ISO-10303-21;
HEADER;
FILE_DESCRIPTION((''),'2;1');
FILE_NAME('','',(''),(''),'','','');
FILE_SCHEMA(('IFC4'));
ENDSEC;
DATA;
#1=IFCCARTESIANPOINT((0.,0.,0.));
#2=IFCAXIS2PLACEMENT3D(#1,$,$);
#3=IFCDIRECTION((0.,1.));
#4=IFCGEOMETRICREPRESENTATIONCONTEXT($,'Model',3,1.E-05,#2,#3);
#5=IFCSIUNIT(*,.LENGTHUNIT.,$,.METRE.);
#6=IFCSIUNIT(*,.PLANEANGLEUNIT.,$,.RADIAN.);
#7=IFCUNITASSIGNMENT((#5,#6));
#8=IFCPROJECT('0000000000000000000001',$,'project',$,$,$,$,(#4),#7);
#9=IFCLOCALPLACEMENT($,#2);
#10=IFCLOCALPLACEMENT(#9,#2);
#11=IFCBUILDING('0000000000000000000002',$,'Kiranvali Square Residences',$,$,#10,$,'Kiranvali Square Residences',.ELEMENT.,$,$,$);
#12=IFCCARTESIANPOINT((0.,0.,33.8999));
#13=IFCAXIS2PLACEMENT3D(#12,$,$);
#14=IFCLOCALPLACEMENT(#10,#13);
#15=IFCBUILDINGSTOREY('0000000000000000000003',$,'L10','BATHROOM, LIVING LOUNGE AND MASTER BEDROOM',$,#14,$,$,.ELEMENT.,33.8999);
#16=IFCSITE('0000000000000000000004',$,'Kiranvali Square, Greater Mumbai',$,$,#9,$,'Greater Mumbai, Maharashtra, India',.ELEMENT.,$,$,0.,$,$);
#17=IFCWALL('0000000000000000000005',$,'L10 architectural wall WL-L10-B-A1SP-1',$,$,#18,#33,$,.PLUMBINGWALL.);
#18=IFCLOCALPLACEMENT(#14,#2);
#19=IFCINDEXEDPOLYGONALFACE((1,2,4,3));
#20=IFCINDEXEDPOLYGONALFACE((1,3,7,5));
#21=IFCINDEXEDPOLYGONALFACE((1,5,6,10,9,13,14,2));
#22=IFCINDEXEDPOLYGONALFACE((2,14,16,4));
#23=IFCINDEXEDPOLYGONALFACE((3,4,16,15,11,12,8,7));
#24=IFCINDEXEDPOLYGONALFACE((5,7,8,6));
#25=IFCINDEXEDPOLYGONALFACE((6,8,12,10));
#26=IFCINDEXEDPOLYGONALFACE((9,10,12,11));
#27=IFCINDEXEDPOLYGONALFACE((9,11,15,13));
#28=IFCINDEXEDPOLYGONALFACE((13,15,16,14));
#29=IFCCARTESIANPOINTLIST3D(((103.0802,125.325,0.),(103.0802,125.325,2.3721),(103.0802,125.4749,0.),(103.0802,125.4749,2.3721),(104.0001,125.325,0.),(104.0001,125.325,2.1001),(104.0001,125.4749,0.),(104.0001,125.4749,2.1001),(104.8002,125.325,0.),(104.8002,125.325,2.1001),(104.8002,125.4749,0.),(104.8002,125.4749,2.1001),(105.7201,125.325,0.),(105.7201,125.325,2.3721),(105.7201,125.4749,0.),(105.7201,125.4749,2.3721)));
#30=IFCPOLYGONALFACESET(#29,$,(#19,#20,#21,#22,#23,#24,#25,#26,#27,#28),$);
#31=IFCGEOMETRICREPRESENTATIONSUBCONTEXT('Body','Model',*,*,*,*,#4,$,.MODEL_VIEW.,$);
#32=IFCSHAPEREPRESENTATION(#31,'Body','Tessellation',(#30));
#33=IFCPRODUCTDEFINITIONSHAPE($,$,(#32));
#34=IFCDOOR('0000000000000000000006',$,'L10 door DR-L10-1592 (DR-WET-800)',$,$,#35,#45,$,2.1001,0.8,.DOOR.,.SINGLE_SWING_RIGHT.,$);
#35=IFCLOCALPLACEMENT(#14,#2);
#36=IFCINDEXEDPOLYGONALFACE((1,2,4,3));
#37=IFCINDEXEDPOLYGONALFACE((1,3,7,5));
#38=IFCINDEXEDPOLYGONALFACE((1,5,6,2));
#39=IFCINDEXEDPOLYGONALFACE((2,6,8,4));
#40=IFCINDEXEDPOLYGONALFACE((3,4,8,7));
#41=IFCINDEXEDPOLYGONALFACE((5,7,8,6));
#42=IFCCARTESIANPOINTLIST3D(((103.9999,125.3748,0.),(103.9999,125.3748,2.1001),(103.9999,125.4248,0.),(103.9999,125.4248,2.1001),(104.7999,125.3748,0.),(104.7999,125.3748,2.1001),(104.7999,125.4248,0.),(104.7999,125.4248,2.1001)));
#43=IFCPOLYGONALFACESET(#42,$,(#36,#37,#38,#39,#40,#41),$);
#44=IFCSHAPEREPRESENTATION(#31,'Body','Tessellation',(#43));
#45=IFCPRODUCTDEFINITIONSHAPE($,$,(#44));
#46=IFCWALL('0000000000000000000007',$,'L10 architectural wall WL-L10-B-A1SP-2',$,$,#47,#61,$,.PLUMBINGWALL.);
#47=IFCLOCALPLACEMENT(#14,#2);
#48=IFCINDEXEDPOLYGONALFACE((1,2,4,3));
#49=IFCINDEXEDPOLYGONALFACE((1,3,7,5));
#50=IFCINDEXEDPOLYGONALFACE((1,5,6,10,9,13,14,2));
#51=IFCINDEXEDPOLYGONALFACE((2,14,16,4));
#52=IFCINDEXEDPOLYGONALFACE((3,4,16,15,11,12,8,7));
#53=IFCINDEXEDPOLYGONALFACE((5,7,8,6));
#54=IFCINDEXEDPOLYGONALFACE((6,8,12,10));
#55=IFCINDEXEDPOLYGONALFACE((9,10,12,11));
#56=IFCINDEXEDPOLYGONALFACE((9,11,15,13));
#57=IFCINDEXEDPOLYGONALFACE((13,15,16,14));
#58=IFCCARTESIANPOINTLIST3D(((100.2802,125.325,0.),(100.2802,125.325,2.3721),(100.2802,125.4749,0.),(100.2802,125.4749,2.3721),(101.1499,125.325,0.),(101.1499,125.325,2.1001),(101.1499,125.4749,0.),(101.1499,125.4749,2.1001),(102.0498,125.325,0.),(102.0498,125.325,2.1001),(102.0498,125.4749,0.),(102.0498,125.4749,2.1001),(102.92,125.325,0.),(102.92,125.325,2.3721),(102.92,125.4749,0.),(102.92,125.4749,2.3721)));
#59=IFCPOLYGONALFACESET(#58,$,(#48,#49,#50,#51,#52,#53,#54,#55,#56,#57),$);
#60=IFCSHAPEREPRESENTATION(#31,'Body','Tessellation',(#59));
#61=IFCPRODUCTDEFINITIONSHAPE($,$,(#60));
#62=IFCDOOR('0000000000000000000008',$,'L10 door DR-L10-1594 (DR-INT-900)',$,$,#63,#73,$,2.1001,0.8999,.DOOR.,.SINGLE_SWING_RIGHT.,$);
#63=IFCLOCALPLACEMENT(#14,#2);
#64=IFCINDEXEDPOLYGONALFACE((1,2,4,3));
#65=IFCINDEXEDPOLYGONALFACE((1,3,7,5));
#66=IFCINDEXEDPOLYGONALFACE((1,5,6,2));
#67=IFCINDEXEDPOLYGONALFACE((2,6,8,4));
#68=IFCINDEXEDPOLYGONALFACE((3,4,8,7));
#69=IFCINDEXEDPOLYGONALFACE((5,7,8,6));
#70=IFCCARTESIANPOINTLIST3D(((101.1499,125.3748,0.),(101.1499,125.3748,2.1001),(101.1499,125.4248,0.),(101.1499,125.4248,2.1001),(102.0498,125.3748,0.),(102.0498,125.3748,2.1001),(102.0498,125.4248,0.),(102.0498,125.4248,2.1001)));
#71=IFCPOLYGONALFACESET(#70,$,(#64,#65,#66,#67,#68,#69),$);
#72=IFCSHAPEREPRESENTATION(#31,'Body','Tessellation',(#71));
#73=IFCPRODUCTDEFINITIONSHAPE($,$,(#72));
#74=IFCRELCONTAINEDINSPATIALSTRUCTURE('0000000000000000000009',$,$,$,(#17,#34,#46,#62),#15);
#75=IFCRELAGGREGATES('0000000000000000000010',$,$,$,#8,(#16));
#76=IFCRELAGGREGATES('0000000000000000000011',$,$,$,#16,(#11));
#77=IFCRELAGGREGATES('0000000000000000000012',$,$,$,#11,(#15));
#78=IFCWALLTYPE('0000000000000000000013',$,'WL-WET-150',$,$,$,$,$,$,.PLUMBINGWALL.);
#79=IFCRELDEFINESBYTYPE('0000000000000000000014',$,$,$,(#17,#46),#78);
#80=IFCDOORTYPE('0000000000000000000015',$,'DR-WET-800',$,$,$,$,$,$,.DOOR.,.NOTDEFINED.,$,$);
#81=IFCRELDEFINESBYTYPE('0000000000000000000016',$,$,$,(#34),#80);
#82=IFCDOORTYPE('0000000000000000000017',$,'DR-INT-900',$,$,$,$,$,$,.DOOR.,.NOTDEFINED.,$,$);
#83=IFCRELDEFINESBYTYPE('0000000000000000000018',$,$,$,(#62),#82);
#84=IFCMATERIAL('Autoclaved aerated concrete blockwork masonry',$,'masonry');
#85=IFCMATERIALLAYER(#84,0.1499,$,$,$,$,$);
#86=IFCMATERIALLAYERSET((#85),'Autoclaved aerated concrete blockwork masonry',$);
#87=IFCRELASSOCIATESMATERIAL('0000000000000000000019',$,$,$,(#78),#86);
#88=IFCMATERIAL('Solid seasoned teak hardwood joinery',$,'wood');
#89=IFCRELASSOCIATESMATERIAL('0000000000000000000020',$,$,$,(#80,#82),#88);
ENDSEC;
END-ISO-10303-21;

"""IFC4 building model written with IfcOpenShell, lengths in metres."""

from ifc_helpers import new_model, si_unit, direction, frame, frame_2d, origin, place, context, subcontext, project, spatial, rectangle, extrude, material, layer, layer_set, type_object, element, fill, save


model = new_model("IFC4")

# Units and contexts
model_context = context("Model", 3, precision=1e-05, world=origin(), true_north=direction((0.0, 1.0)))
body_context = subcontext(model_context, "Body", "Model", "MODEL_VIEW")
ifc_project = project(units=[si_unit("LENGTHUNIT", "METRE"), si_unit("PLANEANGLEUNIT", "RADIAN")], contexts=[model_context])

# Site, building, storey
site_placement = place(None, origin())
site = spatial("IfcSite", under=ifc_project, at=site_placement, Name="Kiranvali Square, Greater Mumbai", LongName="Greater Mumbai, Maharashtra, India", CompositionType="ELEMENT", RefElevation=0.0)
building_placement = place(site_placement, origin())
building = spatial("IfcBuilding", under=site, at=building_placement, Name="Kiranvali Square Residences", LongName="Kiranvali Square Residences", CompositionType="ELEMENT")
storey_placement = place(building_placement, frame((0.0, 0.0, 33.8999)))
storey = spatial("IfcBuildingStorey", under=building, at=storey_placement, Name="L10", Description="BATHROOM, LIVING LOUNGE AND MASTER BEDROOM", CompositionType="ELEMENT", Elevation=33.8999)

# Shared definitions
ifc_material_1 = material(Name="Autoclaved aerated concrete blockwork masonry", Category="masonry")

# Walls, openings, doors
ifc_layer_1 = layer(ifc_material_1, 0.1499)
ifc_layer_set_1 = layer_set([ifc_layer_1], Name="Autoclaved aerated concrete blockwork masonry")
wall_type_1 = type_object("IfcWallType", Name="WL-WET-150", PredefinedType="PLUMBINGWALL", material=ifc_layer_set_1)
wall_1_placement = place(storey_placement, frame((105.72, 125.3999, 0.0), z_axis=(0.0, 0.0, 1.0), x_axis=(-1.0, 0.0, 0.0)))
wall_1 = element("IfcWall", 1, at=wall_1_placement, inside=storey, type_object=wall_type_1, Name="L10 architectural wall WL-L10-B-A1SP-1", PredefinedType="PLUMBINGWALL", context=body_context, shape_type="SweptSolid", body=[
    extrude(rectangle(XDim=2.6399, YDim=0.1499, at=frame_2d((1.3198, 0.0))), origin(), (0.0, 0.0, 1.0), 2.3721),
])
opening_1_placement = place(wall_1_placement, frame((0.9199, 0.0, 0.0)))
opening_1 = element("IfcOpeningElement", 2, at=opening_1_placement, cuts=wall_1, PredefinedType="OPENING", context=body_context, shape_type="SweptSolid", body=[
    extrude(rectangle(XDim=0.8, YDim=2.1001, at=frame_2d((0.3999, 1.05))), frame((0.0, 0.085, 0.0), z_axis=(0.0, -1.0, 0.0), x_axis=(1.0, 0.0, 0.0)), (0.0, 0.0, 1.0), 0.1699),
])
ifc_material_2 = material(Name="Solid seasoned teak hardwood joinery", Category="wood")
door_type_1 = type_object("IfcDoorType", Name="DR-WET-800", OperationType="NOTDEFINED", PredefinedType="DOOR", material=ifc_material_2)
door_1_placement = place(opening_1_placement, frame((0.8, 0.0, 0.0), z_axis=(0.0, 0.0, 1.0), x_axis=(-1.0, 0.0, 0.0)))
door_1 = element("IfcDoor", 3, at=door_1_placement, inside=storey, type_object=door_type_1, Name="L10 door DR-L10-1592 (DR-WET-800)", OperationType="SINGLE_SWING_RIGHT", OverallHeight=2.1001, OverallWidth=0.8, PredefinedType="DOOR", context=body_context, shape_type="SweptSolid", body=[
    extrude(rectangle(XDim=0.8, YDim=2.1001, at=frame_2d((0.3999, 1.05))), frame((0.0, 0.0249, 0.0), z_axis=(0.0, -1.0, 0.0), x_axis=(1.0, 0.0, 0.0)), (0.0, 0.0, 1.0), 0.05),
])
fill(opening_1, door_1)
wall_2_placement = place(storey_placement, frame((102.9199, 125.3999, 0.0), z_axis=(0.0, 0.0, 1.0), x_axis=(-1.0, 0.0, 0.0)))
wall_2 = element("IfcWall", 4, at=wall_2_placement, inside=storey, type_object=wall_type_1, Name="L10 architectural wall WL-L10-B-A1SP-2", PredefinedType="PLUMBINGWALL", context=body_context, shape_type="SweptSolid", body=[
    extrude(rectangle(XDim=2.6399, YDim=0.1499, at=frame_2d((1.3198, 0.0))), origin(), (0.0, 0.0, 1.0), 2.3721),
])
opening_2_placement = place(wall_2_placement, frame((0.8701, 0.0, 0.0)))
opening_2 = element("IfcOpeningElement", 5, at=opening_2_placement, cuts=wall_2, PredefinedType="OPENING", context=body_context, shape_type="SweptSolid", body=[
    extrude(rectangle(XDim=0.8999, YDim=2.1001, at=frame_2d((0.45, 1.05))), frame((0.0, 0.085, 0.0), z_axis=(0.0, -1.0, 0.0), x_axis=(1.0, 0.0, 0.0)), (0.0, 0.0, 1.0), 0.1699),
])
door_type_2 = type_object("IfcDoorType", Name="DR-INT-900", OperationType="NOTDEFINED", PredefinedType="DOOR", material=ifc_material_2)
door_2_placement = place(opening_2_placement, frame((0.8999, 0.0, 0.0), z_axis=(0.0, 0.0, 1.0), x_axis=(-1.0, 0.0, 0.0)))
door_2 = element("IfcDoor", 6, at=door_2_placement, inside=storey, type_object=door_type_2, Name="L10 door DR-L10-1594 (DR-INT-900)", OperationType="SINGLE_SWING_RIGHT", OverallHeight=2.1001, OverallWidth=0.8999, PredefinedType="DOOR", context=body_context, shape_type="SweptSolid", body=[
    extrude(rectangle(XDim=0.8999, YDim=2.1001, at=frame_2d((0.45, 1.05))), frame((0.0, 0.0249, 0.0), z_axis=(0.0, -1.0, 0.0), x_axis=(1.0, 0.0, 0.0)), (0.0, 0.0, 1.0), 0.05),
])
fill(opening_2, door_2)

save(model, "model.ifc")
